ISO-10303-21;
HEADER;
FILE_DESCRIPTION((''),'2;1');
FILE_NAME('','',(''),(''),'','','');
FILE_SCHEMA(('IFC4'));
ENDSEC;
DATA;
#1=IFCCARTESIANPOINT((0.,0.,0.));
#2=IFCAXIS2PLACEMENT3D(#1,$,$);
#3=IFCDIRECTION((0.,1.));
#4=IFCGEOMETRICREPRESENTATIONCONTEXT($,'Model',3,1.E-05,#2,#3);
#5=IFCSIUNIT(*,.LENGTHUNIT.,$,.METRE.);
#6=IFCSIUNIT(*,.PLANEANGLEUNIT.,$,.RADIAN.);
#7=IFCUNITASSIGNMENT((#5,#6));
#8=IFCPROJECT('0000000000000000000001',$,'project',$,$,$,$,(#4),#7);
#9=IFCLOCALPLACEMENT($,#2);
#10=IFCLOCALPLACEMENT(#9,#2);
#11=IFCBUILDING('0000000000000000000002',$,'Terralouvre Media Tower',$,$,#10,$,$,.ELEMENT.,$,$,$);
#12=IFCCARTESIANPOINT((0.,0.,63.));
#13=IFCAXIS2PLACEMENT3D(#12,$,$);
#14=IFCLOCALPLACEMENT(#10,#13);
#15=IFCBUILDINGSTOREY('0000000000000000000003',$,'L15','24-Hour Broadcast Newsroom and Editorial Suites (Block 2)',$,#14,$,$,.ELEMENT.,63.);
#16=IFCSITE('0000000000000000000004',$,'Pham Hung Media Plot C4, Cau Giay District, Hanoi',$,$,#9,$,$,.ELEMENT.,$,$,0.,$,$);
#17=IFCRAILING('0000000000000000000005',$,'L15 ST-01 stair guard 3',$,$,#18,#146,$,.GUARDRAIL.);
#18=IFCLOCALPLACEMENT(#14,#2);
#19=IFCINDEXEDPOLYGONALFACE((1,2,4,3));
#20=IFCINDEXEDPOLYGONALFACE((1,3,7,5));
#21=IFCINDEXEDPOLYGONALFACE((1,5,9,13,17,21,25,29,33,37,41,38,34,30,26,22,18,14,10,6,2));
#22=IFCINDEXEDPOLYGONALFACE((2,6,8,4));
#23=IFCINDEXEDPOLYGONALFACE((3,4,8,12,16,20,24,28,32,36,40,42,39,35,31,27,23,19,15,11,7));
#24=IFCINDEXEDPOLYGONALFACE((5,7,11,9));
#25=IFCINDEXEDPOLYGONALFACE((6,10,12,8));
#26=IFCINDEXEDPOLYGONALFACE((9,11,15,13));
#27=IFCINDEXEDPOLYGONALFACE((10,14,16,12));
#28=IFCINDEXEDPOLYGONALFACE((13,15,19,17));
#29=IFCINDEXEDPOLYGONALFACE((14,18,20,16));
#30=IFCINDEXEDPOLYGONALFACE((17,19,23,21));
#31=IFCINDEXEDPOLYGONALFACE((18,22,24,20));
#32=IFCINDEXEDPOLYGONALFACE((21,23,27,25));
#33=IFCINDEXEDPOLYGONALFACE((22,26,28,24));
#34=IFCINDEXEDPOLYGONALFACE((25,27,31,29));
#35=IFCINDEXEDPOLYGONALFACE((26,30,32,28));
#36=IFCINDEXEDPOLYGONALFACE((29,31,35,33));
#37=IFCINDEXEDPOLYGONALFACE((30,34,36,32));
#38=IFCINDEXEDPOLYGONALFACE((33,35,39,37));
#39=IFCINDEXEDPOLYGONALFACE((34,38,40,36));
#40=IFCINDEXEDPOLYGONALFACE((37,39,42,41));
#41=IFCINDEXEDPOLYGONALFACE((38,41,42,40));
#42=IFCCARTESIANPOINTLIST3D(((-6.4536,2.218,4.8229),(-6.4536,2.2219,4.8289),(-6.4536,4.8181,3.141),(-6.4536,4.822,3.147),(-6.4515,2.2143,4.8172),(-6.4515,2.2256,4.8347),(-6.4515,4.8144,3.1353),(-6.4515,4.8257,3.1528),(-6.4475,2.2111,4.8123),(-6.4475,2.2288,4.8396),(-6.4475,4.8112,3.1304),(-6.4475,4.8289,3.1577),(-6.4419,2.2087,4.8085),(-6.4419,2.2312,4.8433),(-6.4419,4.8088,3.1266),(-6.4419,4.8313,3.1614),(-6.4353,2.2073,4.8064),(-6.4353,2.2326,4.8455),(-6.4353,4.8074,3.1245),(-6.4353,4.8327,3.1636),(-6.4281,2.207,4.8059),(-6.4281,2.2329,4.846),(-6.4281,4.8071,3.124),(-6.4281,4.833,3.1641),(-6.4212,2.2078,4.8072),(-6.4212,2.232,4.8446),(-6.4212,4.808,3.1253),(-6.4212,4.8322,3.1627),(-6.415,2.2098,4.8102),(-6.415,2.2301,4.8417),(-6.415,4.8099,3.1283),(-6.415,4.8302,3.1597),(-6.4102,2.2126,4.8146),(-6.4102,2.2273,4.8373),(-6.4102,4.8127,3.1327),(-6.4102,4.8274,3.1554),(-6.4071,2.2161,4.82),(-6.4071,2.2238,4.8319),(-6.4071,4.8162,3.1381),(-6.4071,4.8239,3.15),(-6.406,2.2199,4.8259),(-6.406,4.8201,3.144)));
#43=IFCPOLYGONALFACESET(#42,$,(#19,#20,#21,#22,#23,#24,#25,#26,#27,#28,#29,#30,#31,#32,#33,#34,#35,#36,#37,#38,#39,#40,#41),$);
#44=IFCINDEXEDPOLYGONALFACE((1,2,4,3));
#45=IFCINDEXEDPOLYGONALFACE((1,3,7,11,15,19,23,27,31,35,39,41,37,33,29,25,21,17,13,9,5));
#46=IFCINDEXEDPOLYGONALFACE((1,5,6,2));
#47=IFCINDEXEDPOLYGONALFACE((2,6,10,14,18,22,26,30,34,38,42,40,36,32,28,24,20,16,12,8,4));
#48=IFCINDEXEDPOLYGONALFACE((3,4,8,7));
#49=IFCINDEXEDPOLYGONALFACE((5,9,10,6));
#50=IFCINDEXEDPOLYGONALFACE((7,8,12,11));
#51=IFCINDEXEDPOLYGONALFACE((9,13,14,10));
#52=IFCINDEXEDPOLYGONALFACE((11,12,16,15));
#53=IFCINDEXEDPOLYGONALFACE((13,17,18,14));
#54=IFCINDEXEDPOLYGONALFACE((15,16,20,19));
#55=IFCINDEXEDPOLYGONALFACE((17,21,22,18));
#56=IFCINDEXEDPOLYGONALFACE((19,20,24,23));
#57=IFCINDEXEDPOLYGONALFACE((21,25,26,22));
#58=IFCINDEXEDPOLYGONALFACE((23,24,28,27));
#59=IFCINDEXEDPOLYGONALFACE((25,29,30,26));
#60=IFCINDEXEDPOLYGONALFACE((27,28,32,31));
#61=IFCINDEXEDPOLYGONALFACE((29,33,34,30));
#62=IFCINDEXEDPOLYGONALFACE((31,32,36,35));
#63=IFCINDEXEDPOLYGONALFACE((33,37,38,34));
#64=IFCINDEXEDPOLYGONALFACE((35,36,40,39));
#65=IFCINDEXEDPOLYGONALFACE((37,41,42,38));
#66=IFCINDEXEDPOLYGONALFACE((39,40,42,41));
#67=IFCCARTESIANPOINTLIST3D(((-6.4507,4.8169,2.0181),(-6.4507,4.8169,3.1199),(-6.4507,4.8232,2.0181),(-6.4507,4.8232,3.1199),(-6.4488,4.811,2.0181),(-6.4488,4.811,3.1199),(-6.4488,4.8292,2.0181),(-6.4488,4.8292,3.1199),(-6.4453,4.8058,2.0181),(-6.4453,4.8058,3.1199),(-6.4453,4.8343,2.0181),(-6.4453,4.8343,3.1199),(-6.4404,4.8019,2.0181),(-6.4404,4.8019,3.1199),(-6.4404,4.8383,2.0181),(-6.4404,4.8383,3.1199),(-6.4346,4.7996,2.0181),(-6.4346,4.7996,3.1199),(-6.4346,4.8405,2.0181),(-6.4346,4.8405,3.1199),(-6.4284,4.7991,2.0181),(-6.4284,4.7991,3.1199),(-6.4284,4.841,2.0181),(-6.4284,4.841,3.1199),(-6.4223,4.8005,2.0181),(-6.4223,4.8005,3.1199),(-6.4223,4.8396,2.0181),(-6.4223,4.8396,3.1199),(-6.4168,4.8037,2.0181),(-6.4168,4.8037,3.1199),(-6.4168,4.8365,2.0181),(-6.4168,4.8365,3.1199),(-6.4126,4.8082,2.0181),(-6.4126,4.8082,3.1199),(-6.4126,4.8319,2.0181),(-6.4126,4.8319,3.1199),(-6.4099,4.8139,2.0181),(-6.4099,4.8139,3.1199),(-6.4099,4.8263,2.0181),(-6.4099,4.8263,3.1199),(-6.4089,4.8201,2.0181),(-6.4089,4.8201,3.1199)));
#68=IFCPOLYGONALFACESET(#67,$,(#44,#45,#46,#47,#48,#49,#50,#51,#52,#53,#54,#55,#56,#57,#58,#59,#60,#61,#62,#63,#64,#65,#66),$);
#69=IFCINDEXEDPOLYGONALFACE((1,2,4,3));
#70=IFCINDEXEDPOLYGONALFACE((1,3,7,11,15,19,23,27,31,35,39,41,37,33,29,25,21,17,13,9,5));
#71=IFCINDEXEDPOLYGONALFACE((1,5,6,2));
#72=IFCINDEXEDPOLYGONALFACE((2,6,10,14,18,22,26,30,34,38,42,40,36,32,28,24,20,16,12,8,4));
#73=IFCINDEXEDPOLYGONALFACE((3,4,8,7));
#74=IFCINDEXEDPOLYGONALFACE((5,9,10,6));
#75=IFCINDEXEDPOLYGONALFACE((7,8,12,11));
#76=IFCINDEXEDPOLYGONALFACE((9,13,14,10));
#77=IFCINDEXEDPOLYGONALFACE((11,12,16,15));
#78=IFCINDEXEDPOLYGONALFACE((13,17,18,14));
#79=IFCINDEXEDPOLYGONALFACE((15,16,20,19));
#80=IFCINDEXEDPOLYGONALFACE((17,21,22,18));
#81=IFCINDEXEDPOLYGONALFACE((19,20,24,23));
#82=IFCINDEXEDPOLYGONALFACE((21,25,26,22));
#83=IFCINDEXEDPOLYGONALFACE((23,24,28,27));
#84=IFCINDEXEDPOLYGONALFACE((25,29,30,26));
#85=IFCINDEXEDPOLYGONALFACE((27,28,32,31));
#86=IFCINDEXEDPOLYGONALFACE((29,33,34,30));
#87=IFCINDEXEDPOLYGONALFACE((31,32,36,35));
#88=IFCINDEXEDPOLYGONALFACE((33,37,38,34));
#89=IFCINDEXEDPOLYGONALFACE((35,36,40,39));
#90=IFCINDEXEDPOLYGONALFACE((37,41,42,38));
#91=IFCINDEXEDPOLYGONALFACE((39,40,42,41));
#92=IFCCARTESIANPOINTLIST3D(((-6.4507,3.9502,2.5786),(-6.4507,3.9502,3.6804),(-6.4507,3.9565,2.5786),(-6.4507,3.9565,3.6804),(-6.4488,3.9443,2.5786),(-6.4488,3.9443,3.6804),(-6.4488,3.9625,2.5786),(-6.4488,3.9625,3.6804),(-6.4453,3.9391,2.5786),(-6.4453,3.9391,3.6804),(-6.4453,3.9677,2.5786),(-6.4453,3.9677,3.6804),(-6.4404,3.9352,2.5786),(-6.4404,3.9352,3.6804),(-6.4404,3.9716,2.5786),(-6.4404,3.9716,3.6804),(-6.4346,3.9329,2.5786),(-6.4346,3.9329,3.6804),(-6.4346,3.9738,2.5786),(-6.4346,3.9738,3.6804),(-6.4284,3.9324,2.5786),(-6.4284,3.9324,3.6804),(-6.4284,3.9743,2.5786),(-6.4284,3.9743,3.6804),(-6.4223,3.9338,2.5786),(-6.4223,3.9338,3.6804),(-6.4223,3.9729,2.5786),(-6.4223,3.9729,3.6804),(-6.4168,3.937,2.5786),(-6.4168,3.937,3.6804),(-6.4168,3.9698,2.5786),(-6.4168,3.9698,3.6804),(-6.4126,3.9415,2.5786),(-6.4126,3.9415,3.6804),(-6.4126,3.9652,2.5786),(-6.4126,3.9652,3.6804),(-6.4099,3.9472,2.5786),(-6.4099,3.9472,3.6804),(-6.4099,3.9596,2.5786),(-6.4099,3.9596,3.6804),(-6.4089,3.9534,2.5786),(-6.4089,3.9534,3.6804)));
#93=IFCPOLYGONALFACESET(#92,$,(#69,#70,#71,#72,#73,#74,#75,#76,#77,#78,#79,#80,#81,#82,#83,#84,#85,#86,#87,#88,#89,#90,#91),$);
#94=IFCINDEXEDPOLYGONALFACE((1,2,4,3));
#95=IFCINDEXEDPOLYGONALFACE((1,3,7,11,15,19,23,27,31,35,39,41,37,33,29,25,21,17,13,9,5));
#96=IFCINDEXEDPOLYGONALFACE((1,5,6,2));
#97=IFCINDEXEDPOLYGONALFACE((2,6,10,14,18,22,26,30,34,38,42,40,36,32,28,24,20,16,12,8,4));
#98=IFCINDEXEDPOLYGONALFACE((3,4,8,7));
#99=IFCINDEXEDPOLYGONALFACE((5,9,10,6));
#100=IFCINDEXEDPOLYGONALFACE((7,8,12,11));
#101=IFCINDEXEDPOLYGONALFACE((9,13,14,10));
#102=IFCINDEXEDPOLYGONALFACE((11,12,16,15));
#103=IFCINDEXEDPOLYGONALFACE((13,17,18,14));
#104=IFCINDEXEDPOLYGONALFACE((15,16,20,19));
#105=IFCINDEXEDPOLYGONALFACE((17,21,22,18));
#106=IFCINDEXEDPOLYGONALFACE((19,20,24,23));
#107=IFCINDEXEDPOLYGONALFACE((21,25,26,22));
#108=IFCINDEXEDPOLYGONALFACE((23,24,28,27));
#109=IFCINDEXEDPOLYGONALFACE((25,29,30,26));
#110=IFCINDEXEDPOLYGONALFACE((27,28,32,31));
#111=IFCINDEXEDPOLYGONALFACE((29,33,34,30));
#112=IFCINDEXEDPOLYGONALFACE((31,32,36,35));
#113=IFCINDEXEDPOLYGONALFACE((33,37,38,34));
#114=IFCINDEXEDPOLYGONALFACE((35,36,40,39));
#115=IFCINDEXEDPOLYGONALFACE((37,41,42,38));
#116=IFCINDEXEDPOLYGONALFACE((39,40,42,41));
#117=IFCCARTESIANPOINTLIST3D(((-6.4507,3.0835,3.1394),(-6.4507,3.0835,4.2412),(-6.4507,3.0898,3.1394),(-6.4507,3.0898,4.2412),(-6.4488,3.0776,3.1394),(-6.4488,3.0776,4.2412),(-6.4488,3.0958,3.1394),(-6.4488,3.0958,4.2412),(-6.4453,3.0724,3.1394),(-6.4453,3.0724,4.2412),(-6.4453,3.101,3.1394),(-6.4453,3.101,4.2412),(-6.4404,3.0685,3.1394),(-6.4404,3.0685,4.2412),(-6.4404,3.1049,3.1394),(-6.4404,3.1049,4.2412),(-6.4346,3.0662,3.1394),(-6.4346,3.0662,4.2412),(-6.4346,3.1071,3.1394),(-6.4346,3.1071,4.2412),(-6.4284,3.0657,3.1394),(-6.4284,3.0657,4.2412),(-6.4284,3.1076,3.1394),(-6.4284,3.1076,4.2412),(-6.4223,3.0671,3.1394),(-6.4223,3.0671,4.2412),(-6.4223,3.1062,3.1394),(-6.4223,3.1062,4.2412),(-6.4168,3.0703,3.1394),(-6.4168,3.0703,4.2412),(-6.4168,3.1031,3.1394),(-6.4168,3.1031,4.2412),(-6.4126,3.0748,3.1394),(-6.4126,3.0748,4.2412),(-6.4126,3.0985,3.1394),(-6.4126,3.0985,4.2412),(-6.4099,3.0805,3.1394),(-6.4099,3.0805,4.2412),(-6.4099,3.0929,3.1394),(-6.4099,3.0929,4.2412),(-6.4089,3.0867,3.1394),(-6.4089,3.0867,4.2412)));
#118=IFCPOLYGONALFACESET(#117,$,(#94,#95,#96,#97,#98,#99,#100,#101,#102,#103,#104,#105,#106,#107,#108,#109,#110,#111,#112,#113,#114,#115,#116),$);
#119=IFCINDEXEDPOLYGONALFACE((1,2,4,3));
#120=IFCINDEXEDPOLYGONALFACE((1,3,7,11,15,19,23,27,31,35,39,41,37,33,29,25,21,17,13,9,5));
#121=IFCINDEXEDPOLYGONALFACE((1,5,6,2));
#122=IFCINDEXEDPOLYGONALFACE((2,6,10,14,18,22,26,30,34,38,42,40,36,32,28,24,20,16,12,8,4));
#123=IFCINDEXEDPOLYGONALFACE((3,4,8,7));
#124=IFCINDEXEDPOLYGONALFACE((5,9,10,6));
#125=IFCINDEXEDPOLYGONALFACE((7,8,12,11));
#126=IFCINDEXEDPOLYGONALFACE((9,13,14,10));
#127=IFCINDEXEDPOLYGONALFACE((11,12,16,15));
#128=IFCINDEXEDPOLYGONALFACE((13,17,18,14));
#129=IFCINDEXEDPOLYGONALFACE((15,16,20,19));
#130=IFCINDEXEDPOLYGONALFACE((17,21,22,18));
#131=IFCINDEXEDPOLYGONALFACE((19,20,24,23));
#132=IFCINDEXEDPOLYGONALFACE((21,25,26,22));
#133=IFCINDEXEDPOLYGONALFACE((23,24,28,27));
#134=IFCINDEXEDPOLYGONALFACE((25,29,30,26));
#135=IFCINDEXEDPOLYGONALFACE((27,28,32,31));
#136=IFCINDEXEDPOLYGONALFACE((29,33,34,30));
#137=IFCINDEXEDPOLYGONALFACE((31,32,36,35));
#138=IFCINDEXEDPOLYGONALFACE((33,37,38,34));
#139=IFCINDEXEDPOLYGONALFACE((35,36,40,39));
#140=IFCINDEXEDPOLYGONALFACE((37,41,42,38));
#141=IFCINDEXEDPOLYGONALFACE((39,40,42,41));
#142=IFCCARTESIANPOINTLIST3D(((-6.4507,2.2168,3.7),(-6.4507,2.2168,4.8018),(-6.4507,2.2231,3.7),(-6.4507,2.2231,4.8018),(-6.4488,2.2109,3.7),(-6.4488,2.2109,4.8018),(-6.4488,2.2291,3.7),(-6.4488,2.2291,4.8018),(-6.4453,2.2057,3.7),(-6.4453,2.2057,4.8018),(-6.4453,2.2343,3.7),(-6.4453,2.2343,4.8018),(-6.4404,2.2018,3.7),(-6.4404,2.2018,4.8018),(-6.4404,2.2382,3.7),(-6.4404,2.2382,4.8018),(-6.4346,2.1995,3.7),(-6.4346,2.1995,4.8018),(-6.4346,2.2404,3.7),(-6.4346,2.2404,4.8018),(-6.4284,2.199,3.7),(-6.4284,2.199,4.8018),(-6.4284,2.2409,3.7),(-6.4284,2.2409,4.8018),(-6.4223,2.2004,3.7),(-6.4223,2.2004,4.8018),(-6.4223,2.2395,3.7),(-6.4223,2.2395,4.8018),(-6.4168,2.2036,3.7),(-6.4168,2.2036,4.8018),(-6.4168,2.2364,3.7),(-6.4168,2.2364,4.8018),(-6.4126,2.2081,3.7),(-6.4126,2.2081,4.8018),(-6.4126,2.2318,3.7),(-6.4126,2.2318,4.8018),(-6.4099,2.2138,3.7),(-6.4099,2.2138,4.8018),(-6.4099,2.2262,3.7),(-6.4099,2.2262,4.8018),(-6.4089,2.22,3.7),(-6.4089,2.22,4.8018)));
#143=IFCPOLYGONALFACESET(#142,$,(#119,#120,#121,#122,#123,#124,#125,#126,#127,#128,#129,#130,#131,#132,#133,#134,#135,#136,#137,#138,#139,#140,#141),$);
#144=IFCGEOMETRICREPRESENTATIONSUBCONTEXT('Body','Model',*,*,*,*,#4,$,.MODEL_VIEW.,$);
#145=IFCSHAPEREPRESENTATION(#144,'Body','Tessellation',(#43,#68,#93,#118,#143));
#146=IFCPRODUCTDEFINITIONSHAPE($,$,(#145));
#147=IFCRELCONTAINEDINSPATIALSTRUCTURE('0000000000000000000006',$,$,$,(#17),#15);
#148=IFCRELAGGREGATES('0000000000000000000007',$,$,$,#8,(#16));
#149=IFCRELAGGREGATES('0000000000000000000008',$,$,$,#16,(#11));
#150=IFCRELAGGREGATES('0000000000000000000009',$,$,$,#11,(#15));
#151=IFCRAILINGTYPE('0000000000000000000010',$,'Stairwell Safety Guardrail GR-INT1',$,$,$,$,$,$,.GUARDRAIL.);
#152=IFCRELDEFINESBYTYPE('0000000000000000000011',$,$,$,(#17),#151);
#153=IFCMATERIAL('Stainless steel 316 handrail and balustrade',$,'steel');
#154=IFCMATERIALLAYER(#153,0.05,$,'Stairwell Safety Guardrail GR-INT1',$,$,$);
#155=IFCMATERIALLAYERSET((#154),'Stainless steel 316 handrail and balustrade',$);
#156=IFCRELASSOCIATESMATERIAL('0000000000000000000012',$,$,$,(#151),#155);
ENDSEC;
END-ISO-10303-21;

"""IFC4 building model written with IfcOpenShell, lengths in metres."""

from ifc_helpers import new_model, si_unit, direction, frame, origin, origin_2d, place, context, subcontext, project, spatial, circle, extrude, material, layer, layer_set, type_object, element, save


model = new_model("IFC4")

# Units and contexts
model_context = context("Model", 3, precision=1e-05, world=origin(), true_north=direction((0.0, 1.0)))
body_context = subcontext(model_context, "Body", "Model", "MODEL_VIEW")
ifc_project = project(units=[si_unit("LENGTHUNIT", "METRE"), si_unit("PLANEANGLEUNIT", "RADIAN")], contexts=[model_context])

# Site, building, storey
site_placement = place(None, origin())
site = spatial("IfcSite", under=ifc_project, at=site_placement, Name="Pham Hung Media Plot C4, Cau Giay District, Hanoi", CompositionType="ELEMENT", RefElevation=0.0)
building_placement = place(site_placement, origin())
building = spatial("IfcBuilding", under=site, at=building_placement, Name="Terralouvre Media Tower", CompositionType="ELEMENT")
storey_placement = place(building_placement, frame((0.0, 0.0, 63.0)))
storey = spatial("IfcBuildingStorey", under=building, at=storey_placement, Name="L15", Description="24-Hour Broadcast Newsroom and Editorial Suites (Block 2)", CompositionType="ELEMENT", Elevation=63.0)

# Railing
ifc_material_1 = material(Name="Stainless steel 316 handrail and balustrade", Category="steel")
ifc_layer_1 = layer(ifc_material_1, 0.05, Name="Stairwell Safety Guardrail GR-INT1")
ifc_layer_set_1 = layer_set([ifc_layer_1], Name="Stainless steel 316 handrail and balustrade")
railing_type_1 = type_object("IfcRailingType", Name="Stairwell Safety Guardrail GR-INT1", PredefinedType="GUARDRAIL", material=ifc_layer_set_1)
railing_1_placement = place(storey_placement, frame((-6.4299, 4.8201, 2.0181)))
element("IfcRailing", 1, at=railing_1_placement, inside=storey, type_object=railing_type_1, Name="L15 ST-01 stair guard 3", PredefinedType="GUARDRAIL", context=body_context, shape_type="SweptSolid", body=[
    extrude(circle(Radius=0.0239, at=origin_2d()), frame((0.0, 0.0, 1.126), z_axis=(0.0, -0.839648, 0.54313), x_axis=(1.0, 0.0, 0.0)), (0.0, 0.0, 1.0), 3.0967),
    extrude(circle(Radius=0.021, at=origin_2d()), origin(), (0.0, 0.0, 1.0), 1.1018),
    extrude(circle(Radius=0.021, at=origin_2d()), frame((0.0, -0.8667, 0.5605)), (0.0, 0.0, 1.0), 1.1018),
    extrude(circle(Radius=0.021, at=origin_2d()), frame((0.0, -1.7334, 1.1213)), (0.0, 0.0, 1.0), 1.1018),
    extrude(circle(Radius=0.021, at=origin_2d()), frame((0.0, -2.6001, 1.6819)), (0.0, 0.0, 1.0), 1.1018),
])

save(model, "model.ifc")
